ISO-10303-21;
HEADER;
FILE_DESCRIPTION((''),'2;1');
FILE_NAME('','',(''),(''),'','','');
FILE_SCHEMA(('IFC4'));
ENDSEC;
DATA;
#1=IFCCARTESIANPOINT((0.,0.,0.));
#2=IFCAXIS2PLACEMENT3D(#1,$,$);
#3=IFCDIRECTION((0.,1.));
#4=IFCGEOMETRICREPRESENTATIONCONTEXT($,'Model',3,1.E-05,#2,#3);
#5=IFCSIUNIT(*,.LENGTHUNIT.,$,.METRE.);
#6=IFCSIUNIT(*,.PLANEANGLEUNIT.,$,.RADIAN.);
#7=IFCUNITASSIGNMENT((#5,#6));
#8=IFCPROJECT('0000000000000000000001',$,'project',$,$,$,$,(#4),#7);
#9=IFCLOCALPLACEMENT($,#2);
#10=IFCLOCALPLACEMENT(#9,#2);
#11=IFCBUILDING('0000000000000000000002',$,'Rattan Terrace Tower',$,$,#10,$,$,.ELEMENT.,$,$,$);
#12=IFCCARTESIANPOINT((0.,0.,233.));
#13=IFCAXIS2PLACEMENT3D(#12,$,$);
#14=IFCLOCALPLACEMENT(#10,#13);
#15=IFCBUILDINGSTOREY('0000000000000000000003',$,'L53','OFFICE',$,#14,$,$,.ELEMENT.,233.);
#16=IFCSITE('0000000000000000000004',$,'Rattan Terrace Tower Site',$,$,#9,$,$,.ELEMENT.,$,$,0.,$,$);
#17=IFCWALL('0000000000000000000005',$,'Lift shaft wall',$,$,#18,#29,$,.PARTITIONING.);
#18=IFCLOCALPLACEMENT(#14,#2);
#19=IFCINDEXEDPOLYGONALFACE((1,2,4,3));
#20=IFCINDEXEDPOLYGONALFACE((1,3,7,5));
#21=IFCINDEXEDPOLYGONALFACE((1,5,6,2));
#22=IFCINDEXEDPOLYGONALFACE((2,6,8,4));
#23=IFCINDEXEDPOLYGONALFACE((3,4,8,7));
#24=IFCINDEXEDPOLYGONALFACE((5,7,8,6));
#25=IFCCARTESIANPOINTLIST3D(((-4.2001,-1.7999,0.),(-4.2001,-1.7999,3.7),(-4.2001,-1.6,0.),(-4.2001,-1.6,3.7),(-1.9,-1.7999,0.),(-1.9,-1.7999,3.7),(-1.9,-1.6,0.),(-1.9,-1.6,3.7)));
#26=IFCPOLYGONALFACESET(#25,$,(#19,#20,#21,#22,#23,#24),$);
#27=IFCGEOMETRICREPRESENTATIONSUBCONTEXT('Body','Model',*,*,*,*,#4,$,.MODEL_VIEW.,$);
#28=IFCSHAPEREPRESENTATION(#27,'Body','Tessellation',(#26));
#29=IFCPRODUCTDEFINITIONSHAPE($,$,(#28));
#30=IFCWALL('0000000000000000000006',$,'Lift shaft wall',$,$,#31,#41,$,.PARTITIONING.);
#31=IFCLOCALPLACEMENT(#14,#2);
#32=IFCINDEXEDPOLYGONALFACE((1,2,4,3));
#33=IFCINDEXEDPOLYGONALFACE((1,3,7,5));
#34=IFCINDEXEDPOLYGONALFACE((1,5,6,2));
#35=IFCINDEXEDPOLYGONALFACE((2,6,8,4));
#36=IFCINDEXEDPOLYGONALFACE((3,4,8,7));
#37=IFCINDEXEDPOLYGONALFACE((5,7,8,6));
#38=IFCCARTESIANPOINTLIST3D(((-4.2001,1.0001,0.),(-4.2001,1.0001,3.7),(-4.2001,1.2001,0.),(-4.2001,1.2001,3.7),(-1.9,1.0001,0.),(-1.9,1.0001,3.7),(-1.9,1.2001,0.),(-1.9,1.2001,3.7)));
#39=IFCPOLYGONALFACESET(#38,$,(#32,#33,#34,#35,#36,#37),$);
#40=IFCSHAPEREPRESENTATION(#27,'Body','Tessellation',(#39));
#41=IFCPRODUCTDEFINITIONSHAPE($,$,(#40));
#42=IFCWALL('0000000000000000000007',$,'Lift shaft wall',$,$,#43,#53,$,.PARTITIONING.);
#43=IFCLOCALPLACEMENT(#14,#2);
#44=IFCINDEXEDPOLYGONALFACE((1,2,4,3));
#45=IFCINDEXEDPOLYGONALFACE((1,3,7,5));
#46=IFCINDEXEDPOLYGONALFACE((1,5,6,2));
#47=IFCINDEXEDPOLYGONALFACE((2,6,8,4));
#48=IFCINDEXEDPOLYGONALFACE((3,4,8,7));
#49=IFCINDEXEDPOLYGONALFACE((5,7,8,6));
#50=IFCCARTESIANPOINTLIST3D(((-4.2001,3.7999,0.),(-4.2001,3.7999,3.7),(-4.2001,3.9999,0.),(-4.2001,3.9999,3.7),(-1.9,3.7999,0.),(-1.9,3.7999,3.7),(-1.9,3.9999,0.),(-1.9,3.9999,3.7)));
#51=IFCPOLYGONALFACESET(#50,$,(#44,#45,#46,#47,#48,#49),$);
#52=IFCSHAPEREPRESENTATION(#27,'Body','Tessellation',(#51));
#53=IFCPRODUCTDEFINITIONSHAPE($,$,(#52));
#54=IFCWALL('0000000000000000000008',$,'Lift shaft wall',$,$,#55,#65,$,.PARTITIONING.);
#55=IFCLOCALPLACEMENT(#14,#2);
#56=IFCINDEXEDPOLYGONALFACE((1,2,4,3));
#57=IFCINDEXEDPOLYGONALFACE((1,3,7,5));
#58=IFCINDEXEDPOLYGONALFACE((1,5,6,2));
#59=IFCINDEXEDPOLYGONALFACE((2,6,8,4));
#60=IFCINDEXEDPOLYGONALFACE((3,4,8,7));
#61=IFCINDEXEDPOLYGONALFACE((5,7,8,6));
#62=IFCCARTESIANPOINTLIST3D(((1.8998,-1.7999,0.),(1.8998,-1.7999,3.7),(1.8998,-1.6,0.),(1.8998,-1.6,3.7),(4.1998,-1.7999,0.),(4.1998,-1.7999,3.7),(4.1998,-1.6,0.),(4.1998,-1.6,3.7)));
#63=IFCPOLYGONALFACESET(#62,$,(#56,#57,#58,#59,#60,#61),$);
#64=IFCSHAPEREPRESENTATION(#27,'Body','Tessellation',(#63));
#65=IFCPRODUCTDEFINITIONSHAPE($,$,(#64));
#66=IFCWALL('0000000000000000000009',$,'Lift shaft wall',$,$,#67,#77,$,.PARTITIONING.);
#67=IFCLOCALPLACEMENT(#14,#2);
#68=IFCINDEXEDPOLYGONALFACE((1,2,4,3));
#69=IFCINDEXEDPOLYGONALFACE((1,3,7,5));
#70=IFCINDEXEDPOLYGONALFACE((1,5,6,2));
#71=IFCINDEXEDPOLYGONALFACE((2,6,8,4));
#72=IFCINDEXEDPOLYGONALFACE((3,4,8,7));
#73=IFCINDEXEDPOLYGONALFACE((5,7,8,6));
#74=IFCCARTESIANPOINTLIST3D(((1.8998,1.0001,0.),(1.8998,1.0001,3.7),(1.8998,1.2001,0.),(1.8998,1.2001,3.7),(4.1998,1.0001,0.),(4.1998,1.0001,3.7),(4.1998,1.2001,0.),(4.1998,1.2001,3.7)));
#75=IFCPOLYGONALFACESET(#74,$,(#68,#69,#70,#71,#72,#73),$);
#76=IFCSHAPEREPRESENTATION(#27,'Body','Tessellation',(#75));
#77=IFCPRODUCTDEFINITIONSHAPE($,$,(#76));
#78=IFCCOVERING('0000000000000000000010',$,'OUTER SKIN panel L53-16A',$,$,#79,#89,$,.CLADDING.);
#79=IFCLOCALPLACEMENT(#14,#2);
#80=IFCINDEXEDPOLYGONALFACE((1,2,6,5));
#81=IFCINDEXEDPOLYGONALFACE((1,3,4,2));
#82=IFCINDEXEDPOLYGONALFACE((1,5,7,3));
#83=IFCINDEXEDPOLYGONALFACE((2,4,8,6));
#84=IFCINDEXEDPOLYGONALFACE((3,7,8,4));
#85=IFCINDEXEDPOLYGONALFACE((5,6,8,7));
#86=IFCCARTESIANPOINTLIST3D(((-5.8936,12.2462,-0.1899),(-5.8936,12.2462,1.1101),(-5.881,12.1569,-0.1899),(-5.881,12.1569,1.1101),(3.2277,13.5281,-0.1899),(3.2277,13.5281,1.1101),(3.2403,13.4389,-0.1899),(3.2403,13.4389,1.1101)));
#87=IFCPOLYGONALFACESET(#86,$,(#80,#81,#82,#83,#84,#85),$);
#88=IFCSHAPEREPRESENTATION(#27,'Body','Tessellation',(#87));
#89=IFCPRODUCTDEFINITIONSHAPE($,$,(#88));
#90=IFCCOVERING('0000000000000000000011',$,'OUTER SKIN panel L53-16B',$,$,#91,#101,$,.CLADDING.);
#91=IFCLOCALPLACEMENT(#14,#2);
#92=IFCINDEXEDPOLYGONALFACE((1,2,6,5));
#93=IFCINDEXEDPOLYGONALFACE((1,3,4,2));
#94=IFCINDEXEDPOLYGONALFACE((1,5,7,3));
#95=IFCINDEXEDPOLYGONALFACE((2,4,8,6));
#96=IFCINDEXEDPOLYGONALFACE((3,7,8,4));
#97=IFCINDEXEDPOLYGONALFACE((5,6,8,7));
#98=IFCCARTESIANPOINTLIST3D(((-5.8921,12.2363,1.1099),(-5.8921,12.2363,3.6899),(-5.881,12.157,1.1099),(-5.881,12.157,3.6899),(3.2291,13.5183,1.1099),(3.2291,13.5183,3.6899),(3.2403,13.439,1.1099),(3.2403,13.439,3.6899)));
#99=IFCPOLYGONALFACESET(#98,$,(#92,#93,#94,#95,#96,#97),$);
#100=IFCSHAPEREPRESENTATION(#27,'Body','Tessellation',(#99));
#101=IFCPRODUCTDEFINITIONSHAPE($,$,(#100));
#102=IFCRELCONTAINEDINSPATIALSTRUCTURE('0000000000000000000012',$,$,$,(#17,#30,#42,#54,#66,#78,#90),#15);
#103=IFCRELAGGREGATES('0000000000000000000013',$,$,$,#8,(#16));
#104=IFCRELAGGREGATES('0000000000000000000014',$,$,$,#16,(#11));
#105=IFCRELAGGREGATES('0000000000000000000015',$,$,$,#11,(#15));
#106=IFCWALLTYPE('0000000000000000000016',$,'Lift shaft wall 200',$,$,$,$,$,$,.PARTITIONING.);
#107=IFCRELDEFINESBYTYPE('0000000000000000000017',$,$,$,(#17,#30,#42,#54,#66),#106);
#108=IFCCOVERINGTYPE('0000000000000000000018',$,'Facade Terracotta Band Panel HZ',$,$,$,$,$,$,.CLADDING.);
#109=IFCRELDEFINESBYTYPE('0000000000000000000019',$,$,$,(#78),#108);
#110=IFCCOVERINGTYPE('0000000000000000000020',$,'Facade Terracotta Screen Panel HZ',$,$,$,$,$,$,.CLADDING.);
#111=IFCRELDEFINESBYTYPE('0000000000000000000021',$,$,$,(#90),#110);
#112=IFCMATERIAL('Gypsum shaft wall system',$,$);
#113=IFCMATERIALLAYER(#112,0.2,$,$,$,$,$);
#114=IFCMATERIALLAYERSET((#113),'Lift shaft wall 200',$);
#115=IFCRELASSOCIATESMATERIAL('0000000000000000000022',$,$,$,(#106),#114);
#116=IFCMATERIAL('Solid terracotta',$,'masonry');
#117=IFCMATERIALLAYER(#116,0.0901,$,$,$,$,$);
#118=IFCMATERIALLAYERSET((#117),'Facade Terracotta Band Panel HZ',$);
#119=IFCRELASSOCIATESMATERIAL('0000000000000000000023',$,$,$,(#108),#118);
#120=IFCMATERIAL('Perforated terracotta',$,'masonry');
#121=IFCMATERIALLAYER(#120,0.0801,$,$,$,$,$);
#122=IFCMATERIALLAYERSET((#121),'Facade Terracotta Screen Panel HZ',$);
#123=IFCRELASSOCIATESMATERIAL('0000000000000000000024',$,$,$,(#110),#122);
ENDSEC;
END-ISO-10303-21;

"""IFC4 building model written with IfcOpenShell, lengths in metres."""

from ifc_helpers import new_model, si_unit, direction, frame, frame_2d, origin, origin_2d, place, context, subcontext, project, spatial, rectangle, extrude, material, layer, layer_set, type_object, element, save


model = new_model("IFC4")

# Units and contexts
model_context = context("Model", 3, precision=1e-05, world=origin(), true_north=direction((0.0, 1.0)))
body_context = subcontext(model_context, "Body", "Model", "MODEL_VIEW")
ifc_project = project(units=[si_unit("LENGTHUNIT", "METRE"), si_unit("PLANEANGLEUNIT", "RADIAN")], contexts=[model_context])

# Site, building, storey
site_placement = place(None, origin())
site = spatial("IfcSite", under=ifc_project, at=site_placement, Name="Rattan Terrace Tower Site", CompositionType="ELEMENT", RefElevation=0.0)
building_placement = place(site_placement, origin())
building = spatial("IfcBuilding", under=site, at=building_placement, Name="Rattan Terrace Tower", CompositionType="ELEMENT")
storey_placement = place(building_placement, frame((0.0, 0.0, 233.0)))
storey = spatial("IfcBuildingStorey", under=building, at=storey_placement, Name="L53", Description="OFFICE", CompositionType="ELEMENT", Elevation=233.0)

# Walls
ifc_material_1 = material(Name="Gypsum shaft wall system")
ifc_layer_1 = layer(ifc_material_1, 0.2)
ifc_layer_set_1 = layer_set([ifc_layer_1], Name="Lift shaft wall 200")
wall_type_1 = type_object("IfcWallType", Name="Lift shaft wall 200", PredefinedType="PARTITIONING", material=ifc_layer_set_1)
for number, where, z_axis, x_axis, name in (
    (1, (-4.2, -1.7, 0.0), (0.0, 0.0, 1.0), (1.0, 0.0, 0.0), "Lift shaft wall"),
    (2, (-4.2, 1.1001, 0.0), (0.0, 0.0, 1.0), (1.0, 0.0, 0.0), "Lift shaft wall"),
    (3, (-4.2, 3.8999, 0.0), (0.0, 0.0, 1.0), (1.0, 0.0, 0.0), "Lift shaft wall"),
    (4, (1.8999, -1.7, 0.0), (0.0, 0.0, 1.0), (1.0, 0.0, 0.0), "Lift shaft wall"),
    (5, (1.8999, 1.1001, 0.0), (0.0, 0.0, 1.0), (1.0, 0.0, 0.0), "Lift shaft wall"),
):
    element("IfcWall", number, at=place(storey_placement, frame(where, z_axis=z_axis, x_axis=x_axis)), inside=storey, type_object=wall_type_1, Name=name, PredefinedType="PARTITIONING", context=body_context, shape_type="SweptSolid", body=[
        extrude(rectangle(XDim=2.3, YDim=0.2, at=frame_2d((1.1499, 0.0))), origin(), (0.0, 0.0, 1.0), 3.7),
    ])

# Coverings
ifc_material_2 = material(Name="Solid terracotta", Category="masonry")
ifc_layer_2 = layer(ifc_material_2, 0.0901)
ifc_layer_set_2 = layer_set([ifc_layer_2], Name="Facade Terracotta Band Panel HZ")
covering_type_1 = type_object("IfcCoveringType", Name="Facade Terracotta Band Panel HZ", PredefinedType="CLADDING", material=ifc_layer_set_2)
covering_1_placement = place(storey_placement, frame((-1.3267, 12.8425, -0.1899), z_axis=(0.0, 0.0, 1.0), x_axis=(-0.990267, -0.139177, 0.0)))
element("IfcCovering", 6, at=covering_1_placement, inside=storey, type_object=covering_type_1, Name="OUTER SKIN panel L53-16A", PredefinedType="CLADDING", context=body_context, shape_type="SweptSolid", body=[
    extrude(rectangle(XDim=9.2109, YDim=0.0901, at=origin_2d()), origin(), (0.0, 0.0, 1.0), 1.3),
])
ifc_material_3 = material(Name="Perforated terracotta", Category="masonry")
ifc_layer_3 = layer(ifc_material_3, 0.0801)
ifc_layer_set_3 = layer_set([ifc_layer_3], Name="Facade Terracotta Screen Panel HZ")
covering_type_2 = type_object("IfcCoveringType", Name="Facade Terracotta Screen Panel HZ", PredefinedType="CLADDING", material=ifc_layer_set_3)
covering_2_placement = place(storey_placement, frame((-1.3259, 12.8376, 1.1099), z_axis=(0.0, 0.0, 1.0), x_axis=(-0.990267, -0.139177, 0.0)))
element("IfcCovering", 7, at=covering_2_placement, inside=storey, type_object=covering_type_2, Name="OUTER SKIN panel L53-16B", PredefinedType="CLADDING", context=body_context, shape_type="SweptSolid", body=[
    extrude(rectangle(XDim=9.2109, YDim=0.0801, at=origin_2d()), origin(), (0.0, 0.0, 1.0), 2.5801),
])

save(model, "model.ifc")
